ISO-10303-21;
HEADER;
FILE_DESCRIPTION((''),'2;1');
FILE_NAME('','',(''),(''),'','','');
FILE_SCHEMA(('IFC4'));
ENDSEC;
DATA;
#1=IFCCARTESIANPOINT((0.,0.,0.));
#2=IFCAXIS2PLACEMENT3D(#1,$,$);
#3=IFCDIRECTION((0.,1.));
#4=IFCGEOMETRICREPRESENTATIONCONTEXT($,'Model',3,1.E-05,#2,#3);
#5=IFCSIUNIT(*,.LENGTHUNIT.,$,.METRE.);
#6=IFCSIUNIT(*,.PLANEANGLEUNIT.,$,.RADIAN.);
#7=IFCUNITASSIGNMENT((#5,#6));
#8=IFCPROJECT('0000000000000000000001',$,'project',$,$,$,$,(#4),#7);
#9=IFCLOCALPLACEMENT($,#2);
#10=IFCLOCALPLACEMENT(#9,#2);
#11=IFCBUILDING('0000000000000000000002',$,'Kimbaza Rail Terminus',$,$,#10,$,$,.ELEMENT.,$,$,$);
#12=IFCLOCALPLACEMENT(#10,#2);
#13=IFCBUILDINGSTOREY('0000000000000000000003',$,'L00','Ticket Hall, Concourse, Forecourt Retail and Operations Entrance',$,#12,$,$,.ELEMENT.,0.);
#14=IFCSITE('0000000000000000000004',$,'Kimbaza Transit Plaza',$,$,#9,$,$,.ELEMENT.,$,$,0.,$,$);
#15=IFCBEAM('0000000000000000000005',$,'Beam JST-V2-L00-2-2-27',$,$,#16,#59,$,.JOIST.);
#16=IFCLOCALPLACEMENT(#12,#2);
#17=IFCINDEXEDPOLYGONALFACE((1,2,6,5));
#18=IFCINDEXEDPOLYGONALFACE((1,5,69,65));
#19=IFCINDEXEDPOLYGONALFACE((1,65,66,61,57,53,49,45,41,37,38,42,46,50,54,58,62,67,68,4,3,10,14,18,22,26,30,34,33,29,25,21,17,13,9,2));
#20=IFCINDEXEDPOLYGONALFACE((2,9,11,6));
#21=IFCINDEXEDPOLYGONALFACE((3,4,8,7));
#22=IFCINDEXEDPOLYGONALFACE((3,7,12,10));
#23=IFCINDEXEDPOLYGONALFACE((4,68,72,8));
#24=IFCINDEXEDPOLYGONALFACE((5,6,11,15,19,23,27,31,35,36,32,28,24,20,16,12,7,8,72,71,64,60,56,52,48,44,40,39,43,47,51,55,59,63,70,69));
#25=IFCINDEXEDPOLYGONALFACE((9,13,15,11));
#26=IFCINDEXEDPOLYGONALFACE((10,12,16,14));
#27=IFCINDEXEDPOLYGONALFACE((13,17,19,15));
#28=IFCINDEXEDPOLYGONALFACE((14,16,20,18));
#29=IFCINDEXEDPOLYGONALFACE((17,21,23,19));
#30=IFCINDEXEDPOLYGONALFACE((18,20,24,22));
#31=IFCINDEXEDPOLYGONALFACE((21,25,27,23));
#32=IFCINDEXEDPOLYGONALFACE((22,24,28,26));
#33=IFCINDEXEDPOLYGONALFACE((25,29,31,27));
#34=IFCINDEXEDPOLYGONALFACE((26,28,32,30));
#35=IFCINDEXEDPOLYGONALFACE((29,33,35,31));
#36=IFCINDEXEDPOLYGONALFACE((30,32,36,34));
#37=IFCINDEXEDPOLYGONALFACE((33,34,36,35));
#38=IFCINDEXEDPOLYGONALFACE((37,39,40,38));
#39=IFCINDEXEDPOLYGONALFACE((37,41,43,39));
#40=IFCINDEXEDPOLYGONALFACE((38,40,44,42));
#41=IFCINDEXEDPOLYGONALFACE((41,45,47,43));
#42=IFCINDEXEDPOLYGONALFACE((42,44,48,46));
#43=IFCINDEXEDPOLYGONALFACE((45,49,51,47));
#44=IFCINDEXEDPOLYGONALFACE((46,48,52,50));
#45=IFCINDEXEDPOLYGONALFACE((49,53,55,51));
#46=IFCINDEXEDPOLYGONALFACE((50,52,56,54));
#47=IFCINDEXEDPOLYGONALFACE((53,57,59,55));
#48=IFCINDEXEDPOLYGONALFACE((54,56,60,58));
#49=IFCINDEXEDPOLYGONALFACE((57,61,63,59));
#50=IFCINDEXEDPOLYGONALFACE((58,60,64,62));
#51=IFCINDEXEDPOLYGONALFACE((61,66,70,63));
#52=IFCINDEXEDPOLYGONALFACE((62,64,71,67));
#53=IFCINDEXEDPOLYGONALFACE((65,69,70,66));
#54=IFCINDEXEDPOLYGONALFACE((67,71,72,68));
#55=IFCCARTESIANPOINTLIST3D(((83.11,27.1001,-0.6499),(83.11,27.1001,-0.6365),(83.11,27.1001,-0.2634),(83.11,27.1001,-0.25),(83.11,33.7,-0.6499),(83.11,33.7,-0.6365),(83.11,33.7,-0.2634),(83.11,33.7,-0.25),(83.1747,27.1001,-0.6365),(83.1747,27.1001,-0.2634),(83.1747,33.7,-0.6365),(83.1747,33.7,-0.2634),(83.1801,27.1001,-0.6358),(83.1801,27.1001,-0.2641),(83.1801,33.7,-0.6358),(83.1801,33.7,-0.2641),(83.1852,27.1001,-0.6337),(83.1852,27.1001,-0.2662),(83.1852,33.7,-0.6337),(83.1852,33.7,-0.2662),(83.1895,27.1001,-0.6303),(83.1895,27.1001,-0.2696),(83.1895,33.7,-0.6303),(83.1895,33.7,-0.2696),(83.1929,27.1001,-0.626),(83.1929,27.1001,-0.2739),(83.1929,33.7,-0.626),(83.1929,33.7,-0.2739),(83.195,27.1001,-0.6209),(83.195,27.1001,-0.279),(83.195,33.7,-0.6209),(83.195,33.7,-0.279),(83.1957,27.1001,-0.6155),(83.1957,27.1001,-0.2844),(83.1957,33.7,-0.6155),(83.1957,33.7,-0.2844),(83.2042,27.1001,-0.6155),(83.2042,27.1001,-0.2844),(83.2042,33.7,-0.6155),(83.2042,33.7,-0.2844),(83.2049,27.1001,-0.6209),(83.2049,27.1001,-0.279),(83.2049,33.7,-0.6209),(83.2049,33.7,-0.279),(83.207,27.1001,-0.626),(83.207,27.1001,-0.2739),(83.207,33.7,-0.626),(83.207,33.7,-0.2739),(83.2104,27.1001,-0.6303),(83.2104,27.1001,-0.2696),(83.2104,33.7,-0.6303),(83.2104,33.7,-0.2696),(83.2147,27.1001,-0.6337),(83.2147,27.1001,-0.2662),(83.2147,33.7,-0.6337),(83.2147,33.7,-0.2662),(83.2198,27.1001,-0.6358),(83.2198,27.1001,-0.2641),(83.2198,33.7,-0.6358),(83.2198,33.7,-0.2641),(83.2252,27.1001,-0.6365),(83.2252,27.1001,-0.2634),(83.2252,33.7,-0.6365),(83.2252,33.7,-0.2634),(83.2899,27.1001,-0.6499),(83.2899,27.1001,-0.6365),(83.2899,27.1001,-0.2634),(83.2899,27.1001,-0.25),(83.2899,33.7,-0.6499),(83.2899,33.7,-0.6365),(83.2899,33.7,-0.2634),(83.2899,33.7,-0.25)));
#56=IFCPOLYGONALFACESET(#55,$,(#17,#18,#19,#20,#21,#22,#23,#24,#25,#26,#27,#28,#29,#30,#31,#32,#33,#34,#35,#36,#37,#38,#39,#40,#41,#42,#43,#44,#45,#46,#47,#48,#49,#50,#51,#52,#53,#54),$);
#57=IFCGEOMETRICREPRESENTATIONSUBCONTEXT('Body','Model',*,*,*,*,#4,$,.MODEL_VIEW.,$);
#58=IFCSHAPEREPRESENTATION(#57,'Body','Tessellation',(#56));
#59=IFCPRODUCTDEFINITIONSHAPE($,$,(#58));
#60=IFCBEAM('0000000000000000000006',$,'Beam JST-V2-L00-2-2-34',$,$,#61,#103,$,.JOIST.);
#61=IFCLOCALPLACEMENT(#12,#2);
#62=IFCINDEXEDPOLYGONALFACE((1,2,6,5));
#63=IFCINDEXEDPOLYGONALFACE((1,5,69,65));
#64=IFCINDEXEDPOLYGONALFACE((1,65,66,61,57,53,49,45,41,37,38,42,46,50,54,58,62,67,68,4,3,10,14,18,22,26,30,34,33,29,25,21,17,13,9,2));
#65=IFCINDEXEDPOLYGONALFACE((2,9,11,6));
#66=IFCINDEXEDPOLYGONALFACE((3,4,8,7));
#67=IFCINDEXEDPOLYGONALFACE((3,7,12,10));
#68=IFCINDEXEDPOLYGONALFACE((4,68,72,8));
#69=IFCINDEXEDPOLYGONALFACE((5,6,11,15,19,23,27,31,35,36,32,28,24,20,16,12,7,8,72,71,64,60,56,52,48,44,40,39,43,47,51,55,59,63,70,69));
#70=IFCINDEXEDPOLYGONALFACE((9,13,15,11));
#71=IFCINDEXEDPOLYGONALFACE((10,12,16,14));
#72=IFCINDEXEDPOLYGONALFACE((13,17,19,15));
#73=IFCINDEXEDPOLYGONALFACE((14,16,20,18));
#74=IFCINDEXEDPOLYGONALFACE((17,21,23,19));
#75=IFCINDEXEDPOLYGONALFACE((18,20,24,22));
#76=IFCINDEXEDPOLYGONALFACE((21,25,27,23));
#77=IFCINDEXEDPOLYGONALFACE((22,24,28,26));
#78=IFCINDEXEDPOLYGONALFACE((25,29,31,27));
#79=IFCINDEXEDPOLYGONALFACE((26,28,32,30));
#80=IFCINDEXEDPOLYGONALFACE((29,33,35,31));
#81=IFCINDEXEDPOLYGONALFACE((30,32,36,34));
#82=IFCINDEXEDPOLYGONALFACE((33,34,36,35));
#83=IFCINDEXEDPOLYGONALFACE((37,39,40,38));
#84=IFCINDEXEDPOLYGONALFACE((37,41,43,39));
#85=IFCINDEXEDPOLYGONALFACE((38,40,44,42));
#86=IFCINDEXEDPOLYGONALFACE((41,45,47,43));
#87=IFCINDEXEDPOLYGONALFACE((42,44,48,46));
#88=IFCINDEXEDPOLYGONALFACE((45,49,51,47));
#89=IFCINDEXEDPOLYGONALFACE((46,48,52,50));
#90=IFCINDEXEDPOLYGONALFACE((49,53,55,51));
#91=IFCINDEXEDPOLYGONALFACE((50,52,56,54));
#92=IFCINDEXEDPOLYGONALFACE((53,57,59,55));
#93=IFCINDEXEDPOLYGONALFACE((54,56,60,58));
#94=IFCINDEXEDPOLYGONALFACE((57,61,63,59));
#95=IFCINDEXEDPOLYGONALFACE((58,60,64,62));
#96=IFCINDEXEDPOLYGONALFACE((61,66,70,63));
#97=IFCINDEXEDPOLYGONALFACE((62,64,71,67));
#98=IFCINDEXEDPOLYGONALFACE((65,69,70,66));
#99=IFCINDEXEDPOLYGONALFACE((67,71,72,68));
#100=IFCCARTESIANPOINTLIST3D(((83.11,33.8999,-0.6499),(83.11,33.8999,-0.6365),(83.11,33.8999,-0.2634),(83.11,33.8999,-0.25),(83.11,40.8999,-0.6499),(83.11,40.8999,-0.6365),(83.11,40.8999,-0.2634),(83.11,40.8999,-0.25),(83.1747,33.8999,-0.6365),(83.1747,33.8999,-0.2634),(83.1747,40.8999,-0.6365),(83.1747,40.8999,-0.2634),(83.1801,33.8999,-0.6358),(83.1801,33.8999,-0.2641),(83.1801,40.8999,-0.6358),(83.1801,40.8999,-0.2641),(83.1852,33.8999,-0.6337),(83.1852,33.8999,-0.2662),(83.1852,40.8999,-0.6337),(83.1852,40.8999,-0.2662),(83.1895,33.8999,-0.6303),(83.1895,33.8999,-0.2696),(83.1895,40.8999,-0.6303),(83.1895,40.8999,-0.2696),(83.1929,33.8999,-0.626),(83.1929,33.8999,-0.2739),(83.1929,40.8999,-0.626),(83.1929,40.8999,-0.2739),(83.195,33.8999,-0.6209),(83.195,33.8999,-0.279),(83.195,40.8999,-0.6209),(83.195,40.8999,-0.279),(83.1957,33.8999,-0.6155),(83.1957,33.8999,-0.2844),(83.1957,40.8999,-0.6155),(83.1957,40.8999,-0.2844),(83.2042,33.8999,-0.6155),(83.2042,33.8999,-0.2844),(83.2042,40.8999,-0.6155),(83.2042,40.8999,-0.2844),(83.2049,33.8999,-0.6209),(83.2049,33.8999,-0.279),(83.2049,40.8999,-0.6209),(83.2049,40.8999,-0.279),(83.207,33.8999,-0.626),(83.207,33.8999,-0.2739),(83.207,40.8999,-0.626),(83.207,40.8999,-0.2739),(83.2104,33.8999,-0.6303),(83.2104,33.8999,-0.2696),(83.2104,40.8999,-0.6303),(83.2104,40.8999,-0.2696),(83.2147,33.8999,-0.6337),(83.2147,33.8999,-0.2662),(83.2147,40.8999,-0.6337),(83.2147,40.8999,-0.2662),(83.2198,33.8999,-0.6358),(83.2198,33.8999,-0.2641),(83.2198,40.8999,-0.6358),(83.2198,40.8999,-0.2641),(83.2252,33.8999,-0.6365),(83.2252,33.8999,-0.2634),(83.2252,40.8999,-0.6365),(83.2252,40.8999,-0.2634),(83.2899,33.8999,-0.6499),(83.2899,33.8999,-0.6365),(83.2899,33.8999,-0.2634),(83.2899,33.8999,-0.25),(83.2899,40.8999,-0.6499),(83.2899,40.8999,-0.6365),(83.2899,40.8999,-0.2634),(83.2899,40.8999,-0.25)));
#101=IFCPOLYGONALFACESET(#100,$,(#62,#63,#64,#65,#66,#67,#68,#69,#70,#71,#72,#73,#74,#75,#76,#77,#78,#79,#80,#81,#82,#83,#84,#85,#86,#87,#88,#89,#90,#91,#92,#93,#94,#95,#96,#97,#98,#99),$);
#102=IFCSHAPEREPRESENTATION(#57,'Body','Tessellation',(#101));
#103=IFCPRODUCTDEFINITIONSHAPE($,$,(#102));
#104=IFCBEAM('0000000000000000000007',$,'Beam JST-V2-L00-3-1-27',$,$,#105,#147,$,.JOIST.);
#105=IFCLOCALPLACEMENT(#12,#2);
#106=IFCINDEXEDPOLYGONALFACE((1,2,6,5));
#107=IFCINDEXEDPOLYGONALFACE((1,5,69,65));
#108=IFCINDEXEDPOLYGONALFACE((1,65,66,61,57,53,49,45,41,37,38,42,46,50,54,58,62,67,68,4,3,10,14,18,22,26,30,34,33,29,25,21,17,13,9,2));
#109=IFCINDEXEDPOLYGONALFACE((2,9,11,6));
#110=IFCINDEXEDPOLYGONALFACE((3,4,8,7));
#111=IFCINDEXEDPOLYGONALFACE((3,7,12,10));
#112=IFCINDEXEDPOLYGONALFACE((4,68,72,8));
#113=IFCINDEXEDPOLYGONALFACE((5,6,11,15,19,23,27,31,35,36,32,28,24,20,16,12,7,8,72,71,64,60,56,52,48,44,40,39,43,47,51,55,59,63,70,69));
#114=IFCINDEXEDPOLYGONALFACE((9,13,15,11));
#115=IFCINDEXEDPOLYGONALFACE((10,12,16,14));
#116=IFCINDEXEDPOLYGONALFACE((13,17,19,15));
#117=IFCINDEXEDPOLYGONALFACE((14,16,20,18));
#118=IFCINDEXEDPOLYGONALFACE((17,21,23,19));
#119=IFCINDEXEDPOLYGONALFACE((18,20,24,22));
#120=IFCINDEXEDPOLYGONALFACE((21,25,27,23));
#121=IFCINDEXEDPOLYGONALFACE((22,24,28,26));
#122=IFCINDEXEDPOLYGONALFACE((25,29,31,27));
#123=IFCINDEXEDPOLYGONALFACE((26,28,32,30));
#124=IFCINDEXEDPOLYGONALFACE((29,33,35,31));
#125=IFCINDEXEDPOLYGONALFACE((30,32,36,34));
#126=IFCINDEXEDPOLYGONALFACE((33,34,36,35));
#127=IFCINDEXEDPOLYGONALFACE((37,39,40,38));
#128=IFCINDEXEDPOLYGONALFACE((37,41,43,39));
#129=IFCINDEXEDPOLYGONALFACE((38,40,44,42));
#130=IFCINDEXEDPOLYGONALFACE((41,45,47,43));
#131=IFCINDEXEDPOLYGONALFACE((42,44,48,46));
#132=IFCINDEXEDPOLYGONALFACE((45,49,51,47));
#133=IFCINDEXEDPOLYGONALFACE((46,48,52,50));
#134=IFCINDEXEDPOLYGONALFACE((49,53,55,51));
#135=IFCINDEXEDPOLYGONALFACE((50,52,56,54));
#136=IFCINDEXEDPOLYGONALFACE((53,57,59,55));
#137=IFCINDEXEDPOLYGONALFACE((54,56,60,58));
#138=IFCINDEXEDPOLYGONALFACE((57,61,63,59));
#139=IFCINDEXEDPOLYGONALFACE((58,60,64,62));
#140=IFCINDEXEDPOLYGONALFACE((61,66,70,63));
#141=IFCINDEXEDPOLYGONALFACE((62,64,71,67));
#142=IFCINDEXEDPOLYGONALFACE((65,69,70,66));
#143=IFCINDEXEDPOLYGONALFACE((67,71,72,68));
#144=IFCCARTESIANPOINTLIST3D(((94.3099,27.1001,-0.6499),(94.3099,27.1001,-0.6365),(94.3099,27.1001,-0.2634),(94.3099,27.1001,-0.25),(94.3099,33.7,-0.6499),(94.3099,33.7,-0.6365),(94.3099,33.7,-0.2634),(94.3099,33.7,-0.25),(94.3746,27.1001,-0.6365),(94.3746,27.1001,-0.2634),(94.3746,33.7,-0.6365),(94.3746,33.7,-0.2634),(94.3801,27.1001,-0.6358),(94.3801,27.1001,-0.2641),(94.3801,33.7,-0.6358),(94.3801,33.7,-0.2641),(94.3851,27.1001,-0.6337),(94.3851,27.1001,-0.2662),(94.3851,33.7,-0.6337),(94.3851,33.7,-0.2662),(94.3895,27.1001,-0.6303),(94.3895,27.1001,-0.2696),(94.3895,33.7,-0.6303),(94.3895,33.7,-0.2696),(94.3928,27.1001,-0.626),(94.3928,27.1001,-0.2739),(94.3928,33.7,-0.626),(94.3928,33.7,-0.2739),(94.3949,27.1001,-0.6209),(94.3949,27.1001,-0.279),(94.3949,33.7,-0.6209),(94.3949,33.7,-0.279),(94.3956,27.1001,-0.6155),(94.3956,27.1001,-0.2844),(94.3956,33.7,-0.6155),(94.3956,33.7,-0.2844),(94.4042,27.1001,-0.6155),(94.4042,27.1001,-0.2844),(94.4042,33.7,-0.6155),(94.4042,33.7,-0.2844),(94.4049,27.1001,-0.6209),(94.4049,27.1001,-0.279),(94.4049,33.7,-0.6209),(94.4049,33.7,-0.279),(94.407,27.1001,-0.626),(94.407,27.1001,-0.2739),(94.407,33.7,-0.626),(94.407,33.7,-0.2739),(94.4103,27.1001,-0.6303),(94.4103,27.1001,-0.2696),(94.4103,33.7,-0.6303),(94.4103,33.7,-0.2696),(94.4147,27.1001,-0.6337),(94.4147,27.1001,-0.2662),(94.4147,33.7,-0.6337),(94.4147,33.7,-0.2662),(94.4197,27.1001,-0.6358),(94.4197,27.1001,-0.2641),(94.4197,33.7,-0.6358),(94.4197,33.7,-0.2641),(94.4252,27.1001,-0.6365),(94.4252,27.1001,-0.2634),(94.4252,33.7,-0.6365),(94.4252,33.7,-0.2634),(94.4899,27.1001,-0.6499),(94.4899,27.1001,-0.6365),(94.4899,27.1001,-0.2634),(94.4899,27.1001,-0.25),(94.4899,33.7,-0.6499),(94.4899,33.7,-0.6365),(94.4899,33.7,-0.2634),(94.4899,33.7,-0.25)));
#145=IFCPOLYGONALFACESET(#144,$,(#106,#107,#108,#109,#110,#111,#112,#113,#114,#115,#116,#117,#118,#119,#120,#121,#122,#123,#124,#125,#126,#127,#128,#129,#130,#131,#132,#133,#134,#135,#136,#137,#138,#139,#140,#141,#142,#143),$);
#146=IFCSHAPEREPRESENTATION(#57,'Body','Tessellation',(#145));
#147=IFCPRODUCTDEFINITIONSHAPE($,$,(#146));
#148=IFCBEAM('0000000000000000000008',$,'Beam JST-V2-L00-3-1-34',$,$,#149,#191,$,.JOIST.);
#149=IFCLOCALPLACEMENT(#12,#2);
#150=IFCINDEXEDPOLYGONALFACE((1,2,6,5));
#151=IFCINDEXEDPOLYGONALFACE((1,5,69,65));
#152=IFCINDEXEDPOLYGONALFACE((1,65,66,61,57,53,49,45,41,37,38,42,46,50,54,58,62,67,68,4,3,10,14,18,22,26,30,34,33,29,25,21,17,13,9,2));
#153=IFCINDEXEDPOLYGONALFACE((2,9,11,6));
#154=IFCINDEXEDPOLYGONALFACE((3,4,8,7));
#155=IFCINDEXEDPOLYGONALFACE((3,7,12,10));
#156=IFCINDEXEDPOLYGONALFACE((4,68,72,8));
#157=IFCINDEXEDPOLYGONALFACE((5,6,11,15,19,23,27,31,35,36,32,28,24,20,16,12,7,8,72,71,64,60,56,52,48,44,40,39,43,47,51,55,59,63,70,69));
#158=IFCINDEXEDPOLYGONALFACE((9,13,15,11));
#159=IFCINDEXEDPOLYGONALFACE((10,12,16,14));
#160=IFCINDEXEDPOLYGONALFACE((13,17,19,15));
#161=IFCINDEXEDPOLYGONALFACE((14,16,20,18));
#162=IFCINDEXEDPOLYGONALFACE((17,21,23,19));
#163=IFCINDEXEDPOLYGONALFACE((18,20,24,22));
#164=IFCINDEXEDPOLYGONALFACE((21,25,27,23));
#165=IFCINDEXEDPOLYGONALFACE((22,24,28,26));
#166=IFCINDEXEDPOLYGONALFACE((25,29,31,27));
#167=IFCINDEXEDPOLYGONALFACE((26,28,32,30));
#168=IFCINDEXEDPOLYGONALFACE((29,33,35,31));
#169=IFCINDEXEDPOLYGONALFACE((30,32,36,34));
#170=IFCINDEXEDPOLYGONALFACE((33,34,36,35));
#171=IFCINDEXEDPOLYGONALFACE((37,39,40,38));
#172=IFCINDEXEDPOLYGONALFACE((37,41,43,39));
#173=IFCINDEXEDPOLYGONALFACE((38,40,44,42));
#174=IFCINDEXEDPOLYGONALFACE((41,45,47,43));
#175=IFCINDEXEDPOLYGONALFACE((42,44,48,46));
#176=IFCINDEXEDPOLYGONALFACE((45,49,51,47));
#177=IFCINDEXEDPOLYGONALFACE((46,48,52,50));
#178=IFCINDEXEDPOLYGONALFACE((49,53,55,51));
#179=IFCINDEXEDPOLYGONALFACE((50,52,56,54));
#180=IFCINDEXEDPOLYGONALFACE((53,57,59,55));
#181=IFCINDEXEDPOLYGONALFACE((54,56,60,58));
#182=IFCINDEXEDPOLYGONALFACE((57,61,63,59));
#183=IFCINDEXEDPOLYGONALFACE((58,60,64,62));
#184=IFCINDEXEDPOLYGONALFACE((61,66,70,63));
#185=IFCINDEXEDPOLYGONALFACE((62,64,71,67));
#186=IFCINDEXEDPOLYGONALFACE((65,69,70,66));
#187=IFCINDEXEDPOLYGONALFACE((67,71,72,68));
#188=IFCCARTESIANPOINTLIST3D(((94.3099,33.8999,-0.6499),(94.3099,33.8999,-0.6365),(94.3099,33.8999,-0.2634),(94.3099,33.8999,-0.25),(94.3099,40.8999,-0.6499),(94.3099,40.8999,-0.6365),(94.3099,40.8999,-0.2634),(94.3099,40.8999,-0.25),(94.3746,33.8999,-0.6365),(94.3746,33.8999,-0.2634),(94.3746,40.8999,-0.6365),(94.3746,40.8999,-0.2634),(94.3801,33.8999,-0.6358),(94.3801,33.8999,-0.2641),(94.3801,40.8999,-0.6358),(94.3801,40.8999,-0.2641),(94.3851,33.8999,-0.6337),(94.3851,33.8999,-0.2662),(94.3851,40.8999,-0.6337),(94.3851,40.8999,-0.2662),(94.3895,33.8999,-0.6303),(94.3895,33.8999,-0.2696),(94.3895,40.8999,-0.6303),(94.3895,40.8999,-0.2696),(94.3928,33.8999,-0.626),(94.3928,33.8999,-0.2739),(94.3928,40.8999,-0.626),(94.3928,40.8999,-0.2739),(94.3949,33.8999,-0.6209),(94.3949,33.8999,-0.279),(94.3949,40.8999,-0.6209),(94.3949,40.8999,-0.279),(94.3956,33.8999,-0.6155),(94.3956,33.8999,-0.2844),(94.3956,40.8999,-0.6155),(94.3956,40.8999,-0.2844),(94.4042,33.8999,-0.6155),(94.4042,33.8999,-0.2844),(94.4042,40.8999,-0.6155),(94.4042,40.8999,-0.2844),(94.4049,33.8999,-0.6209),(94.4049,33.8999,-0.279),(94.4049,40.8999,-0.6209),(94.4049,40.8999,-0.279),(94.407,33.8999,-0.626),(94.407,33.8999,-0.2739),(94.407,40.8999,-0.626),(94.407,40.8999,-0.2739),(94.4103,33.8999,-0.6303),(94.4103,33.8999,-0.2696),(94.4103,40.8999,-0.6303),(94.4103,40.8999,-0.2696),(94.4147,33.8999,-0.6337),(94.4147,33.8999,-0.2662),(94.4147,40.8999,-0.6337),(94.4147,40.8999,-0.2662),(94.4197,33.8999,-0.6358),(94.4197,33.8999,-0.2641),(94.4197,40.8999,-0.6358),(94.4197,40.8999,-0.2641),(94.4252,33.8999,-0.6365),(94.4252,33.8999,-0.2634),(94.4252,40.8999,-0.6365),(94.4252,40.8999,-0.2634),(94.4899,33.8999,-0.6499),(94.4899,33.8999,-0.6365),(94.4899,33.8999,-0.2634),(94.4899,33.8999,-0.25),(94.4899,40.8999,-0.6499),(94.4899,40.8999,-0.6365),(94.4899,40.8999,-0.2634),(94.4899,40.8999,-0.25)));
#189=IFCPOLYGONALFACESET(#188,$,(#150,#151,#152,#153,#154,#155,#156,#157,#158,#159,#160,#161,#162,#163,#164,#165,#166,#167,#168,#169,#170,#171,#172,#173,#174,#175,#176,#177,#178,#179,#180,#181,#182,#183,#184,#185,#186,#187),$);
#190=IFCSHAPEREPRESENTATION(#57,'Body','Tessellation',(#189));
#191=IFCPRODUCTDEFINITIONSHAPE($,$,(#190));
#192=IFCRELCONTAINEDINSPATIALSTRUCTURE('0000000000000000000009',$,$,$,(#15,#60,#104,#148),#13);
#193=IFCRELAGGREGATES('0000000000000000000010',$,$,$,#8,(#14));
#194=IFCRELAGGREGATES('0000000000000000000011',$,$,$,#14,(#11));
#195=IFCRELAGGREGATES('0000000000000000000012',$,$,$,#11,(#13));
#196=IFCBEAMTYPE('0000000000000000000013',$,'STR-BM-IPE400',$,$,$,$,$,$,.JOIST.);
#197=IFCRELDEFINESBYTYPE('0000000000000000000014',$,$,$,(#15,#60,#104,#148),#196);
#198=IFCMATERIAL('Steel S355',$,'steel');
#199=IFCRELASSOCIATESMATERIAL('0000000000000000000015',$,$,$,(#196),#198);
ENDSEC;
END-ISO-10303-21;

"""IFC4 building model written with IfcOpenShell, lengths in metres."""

from ifc_helpers import new_model, si_unit, direction, frame, origin, origin_2d, place, context, subcontext, project, spatial, i_section, extrude, material, material_profile, profile_set, type_object, element, save


model = new_model("IFC4")

# Units and contexts
model_context = context("Model", 3, precision=1e-05, world=origin(), true_north=direction((0.0, 1.0)))
body_context = subcontext(model_context, "Body", "Model", "MODEL_VIEW")
ifc_project = project(units=[si_unit("LENGTHUNIT", "METRE"), si_unit("PLANEANGLEUNIT", "RADIAN")], contexts=[model_context])

# Site, building, storey
site_placement = place(None, origin())
site = spatial("IfcSite", under=ifc_project, at=site_placement, Name="Kimbaza Transit Plaza", CompositionType="ELEMENT", RefElevation=0.0)
building_placement = place(site_placement, origin())
building = spatial("IfcBuilding", under=site, at=building_placement, Name="Kimbaza Rail Terminus", CompositionType="ELEMENT")
storey_placement = place(building_placement, origin())
storey = spatial("IfcBuildingStorey", under=building, at=storey_placement, Name="L00", Description="Ticket Hall, Concourse, Forecourt Retail and Operations Entrance", CompositionType="ELEMENT", Elevation=0.0)

# Beams
ifc_material_1 = material(Name="Steel S355", Category="steel")
ifc_material_profile_1 = material_profile(ifc_material_1, i_section(OverallWidth=0.1799, OverallDepth=0.3999, WebThickness=0.0085, FlangeThickness=0.0134, FilletRadius=0.021, at=origin_2d()), Name="IPE 400")
ifc_profile_set_1 = profile_set([ifc_material_profile_1], Name="Steel S355")
beam_type_1 = type_object("IfcBeamType", Name="STR-BM-IPE400", PredefinedType="JOIST", material=ifc_profile_set_1)
beam_1_placement = place(storey_placement, frame((83.2, 27.1001, -0.45), z_axis=(0.0, 1.0, 0.0), x_axis=(-1.0, 0.0, 0.0)))
element("IfcBeam", 1, at=beam_1_placement, inside=storey, type_object=beam_type_1, Name="Beam JST-V2-L00-2-2-27", PredefinedType="JOIST", context=body_context, shape_type="SweptSolid", body=[
    extrude(i_section(OverallWidth=0.1799, OverallDepth=0.3999, WebThickness=0.0085, FlangeThickness=0.0134, FilletRadius=0.021, at=origin_2d()), origin(), (0.0, 0.0, 1.0), 6.5999),
])
beam_2_placement = place(storey_placement, frame((83.2, 33.8999, -0.45), z_axis=(0.0, 1.0, 0.0), x_axis=(-1.0, 0.0, 0.0)))
element("IfcBeam", 2, at=beam_2_placement, inside=storey, type_object=beam_type_1, Name="Beam JST-V2-L00-2-2-34", PredefinedType="JOIST", context=body_context, shape_type="SweptSolid", body=[
    extrude(i_section(OverallWidth=0.1799, OverallDepth=0.3999, WebThickness=0.0085, FlangeThickness=0.0134, FilletRadius=0.021, at=origin_2d()), origin(), (0.0, 0.0, 1.0), 7.0),
])
beam_3_placement = place(storey_placement, frame((94.3999, 27.1001, -0.45), z_axis=(0.0, 1.0, 0.0), x_axis=(-1.0, 0.0, 0.0)))
element("IfcBeam", 3, at=beam_3_placement, inside=storey, type_object=beam_type_1, Name="Beam JST-V2-L00-3-1-27", PredefinedType="JOIST", context=body_context, shape_type="SweptSolid", body=[
    extrude(i_section(OverallWidth=0.1799, OverallDepth=0.3999, WebThickness=0.0085, FlangeThickness=0.0134, FilletRadius=0.021, at=origin_2d()), origin(), (0.0, 0.0, 1.0), 6.5999),
])
beam_4_placement = place(storey_placement, frame((94.3999, 33.8999, -0.45), z_axis=(0.0, 1.0, 0.0), x_axis=(-1.0, 0.0, 0.0)))
element("IfcBeam", 4, at=beam_4_placement, inside=storey, type_object=beam_type_1, Name="Beam JST-V2-L00-3-1-34", PredefinedType="JOIST", context=body_context, shape_type="SweptSolid", body=[
    extrude(i_section(OverallWidth=0.1799, OverallDepth=0.3999, WebThickness=0.0085, FlangeThickness=0.0134, FilletRadius=0.021, at=origin_2d()), origin(), (0.0, 0.0, 1.0), 7.0),
])

save(model, "model.ifc")
